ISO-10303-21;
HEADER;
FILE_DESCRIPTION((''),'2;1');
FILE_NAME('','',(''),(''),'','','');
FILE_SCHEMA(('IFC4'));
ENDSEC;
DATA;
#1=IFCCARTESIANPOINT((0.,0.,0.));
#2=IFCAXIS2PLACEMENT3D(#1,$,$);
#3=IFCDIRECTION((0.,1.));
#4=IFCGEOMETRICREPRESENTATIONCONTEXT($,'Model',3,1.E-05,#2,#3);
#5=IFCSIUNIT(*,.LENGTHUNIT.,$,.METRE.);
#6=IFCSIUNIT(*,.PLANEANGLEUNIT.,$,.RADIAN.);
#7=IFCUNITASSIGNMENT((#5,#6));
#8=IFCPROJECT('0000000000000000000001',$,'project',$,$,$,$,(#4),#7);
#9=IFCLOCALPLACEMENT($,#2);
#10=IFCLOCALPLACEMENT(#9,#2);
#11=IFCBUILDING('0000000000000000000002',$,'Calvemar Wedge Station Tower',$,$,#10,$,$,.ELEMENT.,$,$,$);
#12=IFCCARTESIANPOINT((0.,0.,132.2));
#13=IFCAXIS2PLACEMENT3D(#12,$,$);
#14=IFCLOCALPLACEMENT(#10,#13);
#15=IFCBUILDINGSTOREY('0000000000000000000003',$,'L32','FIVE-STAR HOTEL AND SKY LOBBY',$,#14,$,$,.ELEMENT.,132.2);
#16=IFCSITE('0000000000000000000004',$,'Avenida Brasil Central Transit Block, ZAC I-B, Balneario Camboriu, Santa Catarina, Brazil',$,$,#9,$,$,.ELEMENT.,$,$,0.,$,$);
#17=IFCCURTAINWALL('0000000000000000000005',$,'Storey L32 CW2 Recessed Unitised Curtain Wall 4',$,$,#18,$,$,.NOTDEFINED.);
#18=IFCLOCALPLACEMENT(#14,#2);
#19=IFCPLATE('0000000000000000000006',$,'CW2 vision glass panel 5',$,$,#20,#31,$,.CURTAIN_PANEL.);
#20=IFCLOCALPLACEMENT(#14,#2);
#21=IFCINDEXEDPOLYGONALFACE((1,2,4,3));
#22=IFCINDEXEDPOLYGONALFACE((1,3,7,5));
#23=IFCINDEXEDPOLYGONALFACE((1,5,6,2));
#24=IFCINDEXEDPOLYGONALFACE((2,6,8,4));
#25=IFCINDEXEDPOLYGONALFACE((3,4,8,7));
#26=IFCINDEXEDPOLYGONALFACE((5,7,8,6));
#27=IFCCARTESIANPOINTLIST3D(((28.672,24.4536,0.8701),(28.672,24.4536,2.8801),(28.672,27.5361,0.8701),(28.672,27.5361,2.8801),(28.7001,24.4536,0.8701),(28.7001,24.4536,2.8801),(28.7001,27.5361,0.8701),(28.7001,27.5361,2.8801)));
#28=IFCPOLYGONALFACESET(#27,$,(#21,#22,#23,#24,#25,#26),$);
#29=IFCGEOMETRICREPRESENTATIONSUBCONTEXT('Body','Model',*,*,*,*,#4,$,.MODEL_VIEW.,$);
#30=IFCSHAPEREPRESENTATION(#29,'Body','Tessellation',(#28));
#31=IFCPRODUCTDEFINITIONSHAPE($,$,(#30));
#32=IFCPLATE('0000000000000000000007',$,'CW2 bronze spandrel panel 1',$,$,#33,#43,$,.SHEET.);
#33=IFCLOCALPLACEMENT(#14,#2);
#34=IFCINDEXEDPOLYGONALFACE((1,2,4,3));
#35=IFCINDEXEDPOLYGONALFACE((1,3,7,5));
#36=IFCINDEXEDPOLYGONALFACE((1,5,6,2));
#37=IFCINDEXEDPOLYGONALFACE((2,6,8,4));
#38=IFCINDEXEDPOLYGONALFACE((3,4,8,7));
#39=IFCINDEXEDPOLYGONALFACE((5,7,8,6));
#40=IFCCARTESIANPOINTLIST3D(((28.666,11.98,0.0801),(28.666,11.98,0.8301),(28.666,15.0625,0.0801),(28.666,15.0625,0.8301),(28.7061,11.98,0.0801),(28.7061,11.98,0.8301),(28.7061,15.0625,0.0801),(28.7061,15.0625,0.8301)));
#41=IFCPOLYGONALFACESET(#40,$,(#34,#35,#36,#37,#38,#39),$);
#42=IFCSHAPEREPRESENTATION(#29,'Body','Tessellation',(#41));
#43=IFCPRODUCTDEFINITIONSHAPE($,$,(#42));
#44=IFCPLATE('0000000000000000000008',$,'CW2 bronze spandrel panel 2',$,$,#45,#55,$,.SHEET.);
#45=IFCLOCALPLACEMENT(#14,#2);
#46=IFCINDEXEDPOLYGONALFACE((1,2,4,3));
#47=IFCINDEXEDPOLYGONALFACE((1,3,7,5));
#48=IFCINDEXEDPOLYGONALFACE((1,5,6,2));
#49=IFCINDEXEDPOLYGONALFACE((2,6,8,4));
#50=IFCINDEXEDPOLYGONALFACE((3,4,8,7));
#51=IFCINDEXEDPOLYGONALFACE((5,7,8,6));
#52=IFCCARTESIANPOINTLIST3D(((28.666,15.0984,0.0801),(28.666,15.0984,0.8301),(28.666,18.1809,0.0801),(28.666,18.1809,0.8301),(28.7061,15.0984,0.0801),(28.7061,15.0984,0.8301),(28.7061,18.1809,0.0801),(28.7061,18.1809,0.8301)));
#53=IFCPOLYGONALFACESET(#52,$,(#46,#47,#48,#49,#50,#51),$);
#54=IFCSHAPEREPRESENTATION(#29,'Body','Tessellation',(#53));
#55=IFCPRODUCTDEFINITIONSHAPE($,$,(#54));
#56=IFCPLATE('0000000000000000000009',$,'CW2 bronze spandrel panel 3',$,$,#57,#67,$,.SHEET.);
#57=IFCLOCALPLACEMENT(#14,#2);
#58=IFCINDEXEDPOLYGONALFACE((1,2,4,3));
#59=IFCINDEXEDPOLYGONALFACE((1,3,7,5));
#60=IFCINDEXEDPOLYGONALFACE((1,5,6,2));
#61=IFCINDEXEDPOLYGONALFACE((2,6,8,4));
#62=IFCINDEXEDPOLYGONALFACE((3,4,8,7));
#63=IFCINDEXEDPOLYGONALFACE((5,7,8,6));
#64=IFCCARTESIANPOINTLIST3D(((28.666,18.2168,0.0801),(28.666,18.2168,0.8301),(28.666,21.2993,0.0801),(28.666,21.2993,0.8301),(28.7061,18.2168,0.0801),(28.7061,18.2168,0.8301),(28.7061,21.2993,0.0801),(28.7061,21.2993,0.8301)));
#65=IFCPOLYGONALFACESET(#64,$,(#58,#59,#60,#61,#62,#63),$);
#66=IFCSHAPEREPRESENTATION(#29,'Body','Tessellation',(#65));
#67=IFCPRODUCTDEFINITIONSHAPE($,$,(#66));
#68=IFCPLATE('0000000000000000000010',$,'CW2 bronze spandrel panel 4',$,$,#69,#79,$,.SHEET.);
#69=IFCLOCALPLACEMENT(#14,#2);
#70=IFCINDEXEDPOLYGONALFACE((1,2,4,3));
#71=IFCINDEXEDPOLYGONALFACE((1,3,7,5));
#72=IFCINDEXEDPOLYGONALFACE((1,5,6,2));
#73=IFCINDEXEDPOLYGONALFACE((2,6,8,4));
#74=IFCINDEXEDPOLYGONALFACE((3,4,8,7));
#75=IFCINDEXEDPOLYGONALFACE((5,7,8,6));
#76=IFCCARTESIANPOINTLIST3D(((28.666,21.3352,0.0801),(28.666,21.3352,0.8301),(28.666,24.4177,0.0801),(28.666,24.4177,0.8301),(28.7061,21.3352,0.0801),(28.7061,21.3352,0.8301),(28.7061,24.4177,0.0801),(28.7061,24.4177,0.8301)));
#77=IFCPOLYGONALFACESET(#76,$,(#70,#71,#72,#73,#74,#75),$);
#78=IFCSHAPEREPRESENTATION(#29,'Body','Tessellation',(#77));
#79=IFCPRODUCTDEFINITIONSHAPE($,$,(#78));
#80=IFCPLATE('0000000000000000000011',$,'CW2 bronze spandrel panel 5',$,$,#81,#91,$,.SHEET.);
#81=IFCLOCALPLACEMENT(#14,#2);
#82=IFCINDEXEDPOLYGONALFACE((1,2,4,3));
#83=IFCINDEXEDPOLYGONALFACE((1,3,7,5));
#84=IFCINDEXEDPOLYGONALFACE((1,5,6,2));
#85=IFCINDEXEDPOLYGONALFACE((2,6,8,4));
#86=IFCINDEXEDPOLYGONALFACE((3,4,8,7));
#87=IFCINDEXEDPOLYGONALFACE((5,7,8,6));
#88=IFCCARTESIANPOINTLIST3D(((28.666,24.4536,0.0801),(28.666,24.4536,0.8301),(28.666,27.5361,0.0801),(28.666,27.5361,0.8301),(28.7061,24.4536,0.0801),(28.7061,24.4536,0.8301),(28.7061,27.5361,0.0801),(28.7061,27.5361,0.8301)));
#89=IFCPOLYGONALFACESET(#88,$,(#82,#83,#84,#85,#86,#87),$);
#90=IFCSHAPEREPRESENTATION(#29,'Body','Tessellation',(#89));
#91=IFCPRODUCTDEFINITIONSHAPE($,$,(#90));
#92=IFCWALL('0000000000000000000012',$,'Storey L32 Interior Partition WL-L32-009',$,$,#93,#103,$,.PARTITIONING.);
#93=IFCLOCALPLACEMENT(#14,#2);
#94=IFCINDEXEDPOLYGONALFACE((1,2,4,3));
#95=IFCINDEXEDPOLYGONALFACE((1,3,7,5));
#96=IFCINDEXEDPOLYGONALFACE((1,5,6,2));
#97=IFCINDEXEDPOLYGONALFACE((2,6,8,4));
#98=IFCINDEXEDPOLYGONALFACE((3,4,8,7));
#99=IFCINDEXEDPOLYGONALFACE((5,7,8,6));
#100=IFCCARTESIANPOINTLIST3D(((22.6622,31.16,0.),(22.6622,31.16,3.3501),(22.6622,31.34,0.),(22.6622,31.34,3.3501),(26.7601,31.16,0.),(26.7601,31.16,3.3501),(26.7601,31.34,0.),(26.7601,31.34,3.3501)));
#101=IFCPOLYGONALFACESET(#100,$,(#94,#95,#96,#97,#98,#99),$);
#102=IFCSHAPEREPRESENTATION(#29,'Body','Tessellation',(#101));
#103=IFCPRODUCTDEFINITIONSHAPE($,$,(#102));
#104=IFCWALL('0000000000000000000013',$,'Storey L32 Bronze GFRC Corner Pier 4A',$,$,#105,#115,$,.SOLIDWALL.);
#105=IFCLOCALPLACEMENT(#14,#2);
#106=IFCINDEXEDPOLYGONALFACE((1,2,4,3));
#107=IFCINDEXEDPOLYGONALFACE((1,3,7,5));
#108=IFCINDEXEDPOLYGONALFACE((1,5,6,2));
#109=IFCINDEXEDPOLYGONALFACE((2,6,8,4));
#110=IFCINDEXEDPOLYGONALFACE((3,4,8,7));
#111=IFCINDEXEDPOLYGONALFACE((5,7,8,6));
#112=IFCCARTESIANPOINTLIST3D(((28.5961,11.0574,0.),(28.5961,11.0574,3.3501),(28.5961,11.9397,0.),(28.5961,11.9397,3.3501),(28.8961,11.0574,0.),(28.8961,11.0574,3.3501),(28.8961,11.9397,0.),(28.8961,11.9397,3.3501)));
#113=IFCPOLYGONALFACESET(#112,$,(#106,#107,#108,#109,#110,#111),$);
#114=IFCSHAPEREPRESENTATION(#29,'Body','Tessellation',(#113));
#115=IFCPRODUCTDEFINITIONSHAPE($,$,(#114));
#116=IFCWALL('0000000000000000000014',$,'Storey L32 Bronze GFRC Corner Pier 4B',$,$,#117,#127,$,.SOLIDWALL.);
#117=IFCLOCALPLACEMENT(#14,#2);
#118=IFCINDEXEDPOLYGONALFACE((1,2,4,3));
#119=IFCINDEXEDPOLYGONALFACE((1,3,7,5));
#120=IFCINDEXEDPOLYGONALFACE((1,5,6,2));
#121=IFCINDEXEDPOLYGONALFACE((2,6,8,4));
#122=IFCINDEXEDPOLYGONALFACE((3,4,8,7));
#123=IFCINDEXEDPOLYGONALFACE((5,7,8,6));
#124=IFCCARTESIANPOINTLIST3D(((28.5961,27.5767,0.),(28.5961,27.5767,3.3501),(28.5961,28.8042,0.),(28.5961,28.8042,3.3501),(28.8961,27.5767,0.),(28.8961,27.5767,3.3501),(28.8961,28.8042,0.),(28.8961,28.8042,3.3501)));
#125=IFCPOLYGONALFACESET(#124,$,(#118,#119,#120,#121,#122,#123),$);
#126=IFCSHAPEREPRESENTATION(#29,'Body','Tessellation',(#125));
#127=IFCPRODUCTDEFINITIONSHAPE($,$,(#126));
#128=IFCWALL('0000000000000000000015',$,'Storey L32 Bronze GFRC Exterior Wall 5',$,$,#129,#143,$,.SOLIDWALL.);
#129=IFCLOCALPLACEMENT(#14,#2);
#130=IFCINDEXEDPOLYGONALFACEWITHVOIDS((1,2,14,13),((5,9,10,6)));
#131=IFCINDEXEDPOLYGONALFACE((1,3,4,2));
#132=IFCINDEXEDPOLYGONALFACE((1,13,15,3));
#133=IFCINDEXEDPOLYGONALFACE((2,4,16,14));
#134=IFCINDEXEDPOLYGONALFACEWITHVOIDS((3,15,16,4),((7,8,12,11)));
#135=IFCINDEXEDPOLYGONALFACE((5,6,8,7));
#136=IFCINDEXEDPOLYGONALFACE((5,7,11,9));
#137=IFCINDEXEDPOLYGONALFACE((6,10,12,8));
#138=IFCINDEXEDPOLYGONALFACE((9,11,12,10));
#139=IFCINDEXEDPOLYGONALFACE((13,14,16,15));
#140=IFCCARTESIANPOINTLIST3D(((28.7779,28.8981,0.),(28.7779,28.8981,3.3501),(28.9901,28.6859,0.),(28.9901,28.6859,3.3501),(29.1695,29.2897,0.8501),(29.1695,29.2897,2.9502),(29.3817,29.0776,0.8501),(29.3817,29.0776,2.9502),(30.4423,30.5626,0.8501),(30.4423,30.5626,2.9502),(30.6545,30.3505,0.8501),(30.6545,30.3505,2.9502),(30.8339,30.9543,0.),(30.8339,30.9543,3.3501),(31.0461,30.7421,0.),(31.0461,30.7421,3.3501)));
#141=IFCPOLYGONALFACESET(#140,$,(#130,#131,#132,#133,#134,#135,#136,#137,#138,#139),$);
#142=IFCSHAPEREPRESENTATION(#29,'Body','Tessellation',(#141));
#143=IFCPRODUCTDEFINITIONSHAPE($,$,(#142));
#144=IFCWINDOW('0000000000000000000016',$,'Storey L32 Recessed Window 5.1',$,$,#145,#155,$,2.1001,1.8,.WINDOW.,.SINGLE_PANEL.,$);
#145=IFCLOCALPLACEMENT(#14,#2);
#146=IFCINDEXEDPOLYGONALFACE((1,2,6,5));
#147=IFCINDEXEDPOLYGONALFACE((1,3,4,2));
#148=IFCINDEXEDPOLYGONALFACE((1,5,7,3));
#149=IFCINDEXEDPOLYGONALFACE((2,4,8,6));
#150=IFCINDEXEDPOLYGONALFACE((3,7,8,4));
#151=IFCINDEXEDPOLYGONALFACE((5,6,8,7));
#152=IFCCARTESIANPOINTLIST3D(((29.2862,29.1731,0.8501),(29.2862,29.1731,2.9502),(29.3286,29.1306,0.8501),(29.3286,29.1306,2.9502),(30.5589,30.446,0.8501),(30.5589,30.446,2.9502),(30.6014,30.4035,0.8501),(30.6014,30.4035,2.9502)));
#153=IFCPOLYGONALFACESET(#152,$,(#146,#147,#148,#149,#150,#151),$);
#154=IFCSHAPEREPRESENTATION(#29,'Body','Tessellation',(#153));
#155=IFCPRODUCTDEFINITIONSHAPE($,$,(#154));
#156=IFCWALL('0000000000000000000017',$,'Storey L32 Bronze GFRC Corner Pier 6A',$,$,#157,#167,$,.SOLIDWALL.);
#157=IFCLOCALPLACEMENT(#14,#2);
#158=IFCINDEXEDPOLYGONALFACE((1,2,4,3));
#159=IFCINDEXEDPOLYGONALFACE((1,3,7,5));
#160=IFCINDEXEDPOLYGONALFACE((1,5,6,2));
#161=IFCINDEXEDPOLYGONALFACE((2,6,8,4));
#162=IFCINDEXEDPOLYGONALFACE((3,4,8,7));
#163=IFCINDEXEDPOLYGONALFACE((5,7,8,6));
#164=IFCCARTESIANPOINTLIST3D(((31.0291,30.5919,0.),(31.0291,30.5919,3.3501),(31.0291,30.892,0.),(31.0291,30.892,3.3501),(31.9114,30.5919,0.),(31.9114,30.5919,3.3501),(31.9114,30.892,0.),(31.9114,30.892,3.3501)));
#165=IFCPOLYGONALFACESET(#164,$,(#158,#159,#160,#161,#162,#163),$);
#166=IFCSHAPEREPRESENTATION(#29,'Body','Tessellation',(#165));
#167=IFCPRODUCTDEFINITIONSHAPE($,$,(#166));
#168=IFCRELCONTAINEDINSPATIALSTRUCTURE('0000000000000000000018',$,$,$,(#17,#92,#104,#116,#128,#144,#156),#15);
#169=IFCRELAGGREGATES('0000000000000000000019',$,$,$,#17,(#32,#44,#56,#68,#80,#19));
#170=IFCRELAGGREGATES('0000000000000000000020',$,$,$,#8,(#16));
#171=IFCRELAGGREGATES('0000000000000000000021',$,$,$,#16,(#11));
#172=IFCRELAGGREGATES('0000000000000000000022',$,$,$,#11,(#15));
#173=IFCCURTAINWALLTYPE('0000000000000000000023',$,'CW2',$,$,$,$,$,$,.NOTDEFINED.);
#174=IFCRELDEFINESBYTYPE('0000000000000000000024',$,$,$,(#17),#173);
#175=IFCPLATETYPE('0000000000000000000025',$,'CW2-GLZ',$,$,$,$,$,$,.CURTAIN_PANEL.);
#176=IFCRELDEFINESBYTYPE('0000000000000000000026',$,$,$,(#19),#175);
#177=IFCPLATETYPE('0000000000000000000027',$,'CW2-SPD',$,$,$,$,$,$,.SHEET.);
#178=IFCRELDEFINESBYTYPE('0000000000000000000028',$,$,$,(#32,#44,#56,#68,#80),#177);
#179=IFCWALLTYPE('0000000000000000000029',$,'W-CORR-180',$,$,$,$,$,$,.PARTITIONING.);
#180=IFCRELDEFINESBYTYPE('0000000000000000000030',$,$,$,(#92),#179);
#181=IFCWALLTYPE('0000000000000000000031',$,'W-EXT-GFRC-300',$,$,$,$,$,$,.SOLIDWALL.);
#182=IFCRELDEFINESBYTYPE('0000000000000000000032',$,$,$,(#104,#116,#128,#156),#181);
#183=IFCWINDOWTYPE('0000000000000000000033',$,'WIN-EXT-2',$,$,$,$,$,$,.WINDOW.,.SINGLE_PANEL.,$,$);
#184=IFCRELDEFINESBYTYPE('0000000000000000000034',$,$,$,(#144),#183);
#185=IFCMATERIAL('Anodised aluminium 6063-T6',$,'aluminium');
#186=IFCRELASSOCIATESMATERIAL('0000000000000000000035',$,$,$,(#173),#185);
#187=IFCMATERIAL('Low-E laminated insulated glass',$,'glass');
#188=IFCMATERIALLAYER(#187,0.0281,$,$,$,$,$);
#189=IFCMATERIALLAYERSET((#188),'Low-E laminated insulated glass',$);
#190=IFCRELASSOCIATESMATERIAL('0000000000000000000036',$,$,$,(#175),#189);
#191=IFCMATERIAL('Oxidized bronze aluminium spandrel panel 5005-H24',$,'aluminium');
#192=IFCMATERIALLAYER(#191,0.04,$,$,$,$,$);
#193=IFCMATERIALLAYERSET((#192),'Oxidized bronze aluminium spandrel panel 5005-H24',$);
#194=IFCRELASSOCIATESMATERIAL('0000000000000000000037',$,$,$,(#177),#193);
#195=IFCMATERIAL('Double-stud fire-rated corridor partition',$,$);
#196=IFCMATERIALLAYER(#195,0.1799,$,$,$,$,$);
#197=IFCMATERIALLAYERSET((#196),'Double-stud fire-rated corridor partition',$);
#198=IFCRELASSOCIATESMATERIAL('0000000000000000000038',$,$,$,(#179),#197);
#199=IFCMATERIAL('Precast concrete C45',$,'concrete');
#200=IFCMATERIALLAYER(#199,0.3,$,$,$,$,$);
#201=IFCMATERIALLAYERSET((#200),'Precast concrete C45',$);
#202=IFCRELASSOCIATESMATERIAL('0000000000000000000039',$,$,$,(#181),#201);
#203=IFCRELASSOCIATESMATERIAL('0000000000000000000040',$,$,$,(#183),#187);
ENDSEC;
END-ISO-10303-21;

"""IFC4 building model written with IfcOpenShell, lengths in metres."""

from ifc_helpers import new_model, si_unit, direction, frame, frame_2d, origin, place, context, subcontext, project, spatial, rectangle, extrude, source, transform, mapped, material, layer, layer_set, type_object, element, fill, aggregate, save


model = new_model("IFC4")

# Units and contexts
model_context = context("Model", 3, precision=1e-05, world=origin(), true_north=direction((0.0, 1.0)))
body_context = subcontext(model_context, "Body", "Model", "MODEL_VIEW")
ifc_project = project(units=[si_unit("LENGTHUNIT", "METRE"), si_unit("PLANEANGLEUNIT", "RADIAN")], contexts=[model_context])

# Site, building, storey
site_placement = place(None, origin())
site = spatial("IfcSite", under=ifc_project, at=site_placement, Name="Avenida Brasil Central Transit Block, ZAC I-B, Balneario Camboriu, Santa Catarina, Brazil", CompositionType="ELEMENT", RefElevation=0.0)
building_placement = place(site_placement, origin())
building = spatial("IfcBuilding", under=site, at=building_placement, Name="Calvemar Wedge Station Tower", CompositionType="ELEMENT")
storey_placement = place(building_placement, frame((0.0, 0.0, 132.2)))
storey = spatial("IfcBuildingStorey", under=building, at=storey_placement, Name="L32", Description="FIVE-STAR HOTEL AND SKY LOBBY", CompositionType="ELEMENT", Elevation=132.2)

# Curtain wall, plates
ifc_material_1 = material(Name="Anodised aluminium 6063-T6", Category="aluminium")
curtain_wall_type = type_object("IfcCurtainWallType", Name="CW2", PredefinedType="NOTDEFINED", material=ifc_material_1)
curtain_wall_placement = place(storey_placement, origin())
curtain_wall = element("IfcCurtainWall", 1, at=curtain_wall_placement, inside=storey, type_object=curtain_wall_type, Name="Storey L32 CW2 Recessed Unitised Curtain Wall 4", PredefinedType="NOTDEFINED")
ifc_material_2 = material(Name="Low-E laminated insulated glass", Category="glass")
ifc_layer_1 = layer(ifc_material_2, 0.0281)
ifc_layer_set_1 = layer_set([ifc_layer_1], Name="Low-E laminated insulated glass")
plate_type_1 = type_object("IfcPlateType", Name="CW2-GLZ", PredefinedType="CURTAIN_PANEL", material=ifc_layer_set_1)
plate_1_placement = place(storey_placement, frame((28.686, 24.4536, 0.8701), z_axis=(0.0, 0.0, 1.0), x_axis=(0.0, 1.0, 0.0)))
plate_1 = element("IfcPlate", 2, at=plate_1_placement, type_object=plate_type_1, Name="CW2 vision glass panel 5", PredefinedType="CURTAIN_PANEL", context=body_context, shape_type="SweptSolid", body=[
    extrude(rectangle(XDim=3.0825, YDim=0.0281, at=frame_2d((1.5413, 0.0))), origin(), (0.0, 0.0, 1.0), 2.01),
])
ifc_material_3 = material(Name="Oxidized bronze aluminium spandrel panel 5005-H24", Category="aluminium")
ifc_layer_2 = layer(ifc_material_3, 0.04)
ifc_layer_set_2 = layer_set([ifc_layer_2], Name="Oxidized bronze aluminium spandrel panel 5005-H24")
plate_type_2 = type_object("IfcPlateType", Name="CW2-SPD", PredefinedType="SHEET", material=ifc_layer_set_2)
plate_2_placement = place(storey_placement, frame((28.686, 11.98, 0.0801), z_axis=(0.0, 0.0, 1.0), x_axis=(0.0, 1.0, 0.0)))
plate_2 = element("IfcPlate", 3, at=plate_2_placement, type_object=plate_type_2, Name="CW2 bronze spandrel panel 1", PredefinedType="SHEET", context=body_context, shape_type="SweptSolid", body=[
    extrude(rectangle(XDim=3.0825, YDim=0.04, at=frame_2d((1.5413, 0.0))), origin(), (0.0, 0.0, 1.0), 0.75),
])
plate_3_placement = place(storey_placement, frame((28.686, 15.0984, 0.0801), z_axis=(0.0, 0.0, 1.0), x_axis=(0.0, 1.0, 0.0)))
plate_3 = element("IfcPlate", 4, at=plate_3_placement, type_object=plate_type_2, Name="CW2 bronze spandrel panel 2", PredefinedType="SHEET", context=body_context, shape_type="SweptSolid", body=[
    extrude(rectangle(XDim=3.0825, YDim=0.04, at=frame_2d((1.5413, 0.0))), origin(), (0.0, 0.0, 1.0), 0.75),
])
plate_4_placement = place(storey_placement, frame((28.686, 18.2168, 0.0801), z_axis=(0.0, 0.0, 1.0), x_axis=(0.0, 1.0, 0.0)))
plate_4 = element("IfcPlate", 5, at=plate_4_placement, type_object=plate_type_2, Name="CW2 bronze spandrel panel 3", PredefinedType="SHEET", context=body_context, shape_type="SweptSolid", body=[
    extrude(rectangle(XDim=3.0825, YDim=0.04, at=frame_2d((1.5413, 0.0))), origin(), (0.0, 0.0, 1.0), 0.75),
])
plate_5_placement = place(storey_placement, frame((28.686, 21.3352, 0.0801), z_axis=(0.0, 0.0, 1.0), x_axis=(0.0, 1.0, 0.0)))
plate_5 = element("IfcPlate", 6, at=plate_5_placement, type_object=plate_type_2, Name="CW2 bronze spandrel panel 4", PredefinedType="SHEET", context=body_context, shape_type="SweptSolid", body=[
    extrude(rectangle(XDim=3.0825, YDim=0.04, at=frame_2d((1.5413, 0.0))), origin(), (0.0, 0.0, 1.0), 0.75),
])
plate_6_placement = place(storey_placement, frame((28.686, 24.4536, 0.0801), z_axis=(0.0, 0.0, 1.0), x_axis=(0.0, 1.0, 0.0)))
plate_6 = element("IfcPlate", 7, at=plate_6_placement, type_object=plate_type_2, Name="CW2 bronze spandrel panel 5", PredefinedType="SHEET", context=body_context, shape_type="SweptSolid", body=[
    extrude(rectangle(XDim=3.0825, YDim=0.04, at=frame_2d((1.5413, 0.0))), origin(), (0.0, 0.0, 1.0), 0.75),
])
aggregate(curtain_wall, [plate_2, plate_3, plate_4, plate_5, plate_6, plate_1])

# Walls
ifc_material_4 = material(Name="Double-stud fire-rated corridor partition")
ifc_layer_3 = layer(ifc_material_4, 0.1799)
ifc_layer_set_3 = layer_set([ifc_layer_3], Name="Double-stud fire-rated corridor partition")
wall_type_1 = type_object("IfcWallType", Name="W-CORR-180", PredefinedType="PARTITIONING", material=ifc_layer_set_3)
wall_1_placement = place(storey_placement, frame((26.76, 31.25, 0.0), z_axis=(0.0, 0.0, 1.0), x_axis=(-1.0, 0.0, 0.0)))
element("IfcWall", 8, at=wall_1_placement, inside=storey, type_object=wall_type_1, Name="Storey L32 Interior Partition WL-L32-009", PredefinedType="PARTITIONING", context=body_context, shape_type="SweptSolid", body=[
    extrude(rectangle(XDim=4.0979, YDim=0.1799, at=frame_2d((2.0488, 0.0))), origin(), (0.0, 0.0, 1.0), 3.3501),
])
ifc_material_5 = material(Name="Precast concrete C45", Category="concrete")
ifc_layer_4 = layer(ifc_material_5, 0.3)
ifc_layer_set_4 = layer_set([ifc_layer_4], Name="Precast concrete C45")
wall_type_2 = type_object("IfcWallType", Name="W-EXT-GFRC-300", PredefinedType="SOLIDWALL", material=ifc_layer_set_4)
wall_2_placement = place(storey_placement, frame((28.7461, 11.0574, 0.0), z_axis=(0.0, 0.0, 1.0), x_axis=(0.0, 1.0, 0.0)))
element("IfcWall", 9, at=wall_2_placement, inside=storey, type_object=wall_type_2, Name="Storey L32 Bronze GFRC Corner Pier 4A", PredefinedType="SOLIDWALL", context=body_context, shape_type="SweptSolid", body=[
    extrude(rectangle(XDim=0.8823, YDim=0.3, at=frame_2d((0.4412, 0.0))), origin(), (0.0, 0.0, 1.0), 3.3501),
])
wall_3_placement = place(storey_placement, frame((28.7461, 27.5767, 0.0), z_axis=(0.0, 0.0, 1.0), x_axis=(0.0, 1.0, 0.0)))
element("IfcWall", 10, at=wall_3_placement, inside=storey, type_object=wall_type_2, Name="Storey L32 Bronze GFRC Corner Pier 4B", PredefinedType="SOLIDWALL", context=body_context, shape_type="SweptSolid", body=[
    extrude(rectangle(XDim=1.2275, YDim=0.3, at=frame_2d((0.6138, 0.0))), origin(), (0.0, 0.0, 1.0), 3.3501),
])

# Wall, opening, window
wall_4_placement = place(storey_placement, frame((28.884, 28.792, 0.0), z_axis=(0.0, 0.0, 1.0), x_axis=(0.707065, 0.707149, 0.0)))
wall_4 = element("IfcWall", 11, at=wall_4_placement, inside=storey, type_object=wall_type_2, Name="Storey L32 Bronze GFRC Exterior Wall 5", PredefinedType="SOLIDWALL", context=body_context, shape_type="SweptSolid", body=[
    extrude(rectangle(XDim=2.9077, YDim=0.3, at=frame_2d((1.4539, 0.0))), origin(), (0.0, 0.0, 1.0), 3.3501),
])
shared_shape_1 = source(origin(), body_context, "Body", "SweptSolid", [
    extrude(rectangle(XDim=1.8, YDim=2.1001, at=frame_2d((0.8999, 1.05))), frame((0.0, 0.1602, 0.0), z_axis=(0.0, -1.0, 0.0), x_axis=(1.0, 0.0, 0.0)), (0.0, 0.0, 1.0), 0.3201),
])
opening_placement = place(wall_4_placement, frame((0.554, 0.0, 0.8501)))
opening = element("IfcOpeningElement", 12, at=opening_placement, cuts=wall_4, PredefinedType="OPENING", context=body_context, shape_type="MappedRepresentation", body=[
    mapped(shared_shape_1, transform((0.0, 0.0, 0.0), scale=1.0)),
])
window_type = type_object("IfcWindowType", Name="WIN-EXT-2", PartitioningType="SINGLE_PANEL", PredefinedType="WINDOW", material=ifc_material_2)
shared_shape_2 = source(origin(), body_context, "Body", "SweptSolid", [
    extrude(rectangle(XDim=1.8, YDim=2.1001, at=frame_2d((0.8999, 1.05))), frame((0.0, -0.0149, 0.0), z_axis=(0.0, -1.0, 0.0), x_axis=(1.0, 0.0, 0.0)), (0.0, 0.0, 1.0), 0.0601),
])
window_placement = place(opening_placement, origin())
window = element("IfcWindow", 13, at=window_placement, inside=storey, type_object=window_type, Name="Storey L32 Recessed Window 5.1", OverallHeight=2.1001, OverallWidth=1.8, PartitioningType="SINGLE_PANEL", PredefinedType="WINDOW", context=body_context, shape_type="MappedRepresentation", body=[
    mapped(shared_shape_2, transform((0.0, 0.0, 0.0), scale=1.0)),
])
fill(opening, window)

# Wall
wall_5_placement = place(storey_placement, frame((31.0291, 30.7419, 0.0), z_axis=(0.0, 0.0, 1.0), x_axis=(1.0, 0.0, 0.0)))
element("IfcWall", 14, at=wall_5_placement, inside=storey, type_object=wall_type_2, Name="Storey L32 Bronze GFRC Corner Pier 6A", PredefinedType="SOLIDWALL", context=body_context, shape_type="SweptSolid", body=[
    extrude(rectangle(XDim=0.8823, YDim=0.3, at=frame_2d((0.4412, 0.0))), origin(), (0.0, 0.0, 1.0), 3.3501),
])

save(model, "model.ifc")
